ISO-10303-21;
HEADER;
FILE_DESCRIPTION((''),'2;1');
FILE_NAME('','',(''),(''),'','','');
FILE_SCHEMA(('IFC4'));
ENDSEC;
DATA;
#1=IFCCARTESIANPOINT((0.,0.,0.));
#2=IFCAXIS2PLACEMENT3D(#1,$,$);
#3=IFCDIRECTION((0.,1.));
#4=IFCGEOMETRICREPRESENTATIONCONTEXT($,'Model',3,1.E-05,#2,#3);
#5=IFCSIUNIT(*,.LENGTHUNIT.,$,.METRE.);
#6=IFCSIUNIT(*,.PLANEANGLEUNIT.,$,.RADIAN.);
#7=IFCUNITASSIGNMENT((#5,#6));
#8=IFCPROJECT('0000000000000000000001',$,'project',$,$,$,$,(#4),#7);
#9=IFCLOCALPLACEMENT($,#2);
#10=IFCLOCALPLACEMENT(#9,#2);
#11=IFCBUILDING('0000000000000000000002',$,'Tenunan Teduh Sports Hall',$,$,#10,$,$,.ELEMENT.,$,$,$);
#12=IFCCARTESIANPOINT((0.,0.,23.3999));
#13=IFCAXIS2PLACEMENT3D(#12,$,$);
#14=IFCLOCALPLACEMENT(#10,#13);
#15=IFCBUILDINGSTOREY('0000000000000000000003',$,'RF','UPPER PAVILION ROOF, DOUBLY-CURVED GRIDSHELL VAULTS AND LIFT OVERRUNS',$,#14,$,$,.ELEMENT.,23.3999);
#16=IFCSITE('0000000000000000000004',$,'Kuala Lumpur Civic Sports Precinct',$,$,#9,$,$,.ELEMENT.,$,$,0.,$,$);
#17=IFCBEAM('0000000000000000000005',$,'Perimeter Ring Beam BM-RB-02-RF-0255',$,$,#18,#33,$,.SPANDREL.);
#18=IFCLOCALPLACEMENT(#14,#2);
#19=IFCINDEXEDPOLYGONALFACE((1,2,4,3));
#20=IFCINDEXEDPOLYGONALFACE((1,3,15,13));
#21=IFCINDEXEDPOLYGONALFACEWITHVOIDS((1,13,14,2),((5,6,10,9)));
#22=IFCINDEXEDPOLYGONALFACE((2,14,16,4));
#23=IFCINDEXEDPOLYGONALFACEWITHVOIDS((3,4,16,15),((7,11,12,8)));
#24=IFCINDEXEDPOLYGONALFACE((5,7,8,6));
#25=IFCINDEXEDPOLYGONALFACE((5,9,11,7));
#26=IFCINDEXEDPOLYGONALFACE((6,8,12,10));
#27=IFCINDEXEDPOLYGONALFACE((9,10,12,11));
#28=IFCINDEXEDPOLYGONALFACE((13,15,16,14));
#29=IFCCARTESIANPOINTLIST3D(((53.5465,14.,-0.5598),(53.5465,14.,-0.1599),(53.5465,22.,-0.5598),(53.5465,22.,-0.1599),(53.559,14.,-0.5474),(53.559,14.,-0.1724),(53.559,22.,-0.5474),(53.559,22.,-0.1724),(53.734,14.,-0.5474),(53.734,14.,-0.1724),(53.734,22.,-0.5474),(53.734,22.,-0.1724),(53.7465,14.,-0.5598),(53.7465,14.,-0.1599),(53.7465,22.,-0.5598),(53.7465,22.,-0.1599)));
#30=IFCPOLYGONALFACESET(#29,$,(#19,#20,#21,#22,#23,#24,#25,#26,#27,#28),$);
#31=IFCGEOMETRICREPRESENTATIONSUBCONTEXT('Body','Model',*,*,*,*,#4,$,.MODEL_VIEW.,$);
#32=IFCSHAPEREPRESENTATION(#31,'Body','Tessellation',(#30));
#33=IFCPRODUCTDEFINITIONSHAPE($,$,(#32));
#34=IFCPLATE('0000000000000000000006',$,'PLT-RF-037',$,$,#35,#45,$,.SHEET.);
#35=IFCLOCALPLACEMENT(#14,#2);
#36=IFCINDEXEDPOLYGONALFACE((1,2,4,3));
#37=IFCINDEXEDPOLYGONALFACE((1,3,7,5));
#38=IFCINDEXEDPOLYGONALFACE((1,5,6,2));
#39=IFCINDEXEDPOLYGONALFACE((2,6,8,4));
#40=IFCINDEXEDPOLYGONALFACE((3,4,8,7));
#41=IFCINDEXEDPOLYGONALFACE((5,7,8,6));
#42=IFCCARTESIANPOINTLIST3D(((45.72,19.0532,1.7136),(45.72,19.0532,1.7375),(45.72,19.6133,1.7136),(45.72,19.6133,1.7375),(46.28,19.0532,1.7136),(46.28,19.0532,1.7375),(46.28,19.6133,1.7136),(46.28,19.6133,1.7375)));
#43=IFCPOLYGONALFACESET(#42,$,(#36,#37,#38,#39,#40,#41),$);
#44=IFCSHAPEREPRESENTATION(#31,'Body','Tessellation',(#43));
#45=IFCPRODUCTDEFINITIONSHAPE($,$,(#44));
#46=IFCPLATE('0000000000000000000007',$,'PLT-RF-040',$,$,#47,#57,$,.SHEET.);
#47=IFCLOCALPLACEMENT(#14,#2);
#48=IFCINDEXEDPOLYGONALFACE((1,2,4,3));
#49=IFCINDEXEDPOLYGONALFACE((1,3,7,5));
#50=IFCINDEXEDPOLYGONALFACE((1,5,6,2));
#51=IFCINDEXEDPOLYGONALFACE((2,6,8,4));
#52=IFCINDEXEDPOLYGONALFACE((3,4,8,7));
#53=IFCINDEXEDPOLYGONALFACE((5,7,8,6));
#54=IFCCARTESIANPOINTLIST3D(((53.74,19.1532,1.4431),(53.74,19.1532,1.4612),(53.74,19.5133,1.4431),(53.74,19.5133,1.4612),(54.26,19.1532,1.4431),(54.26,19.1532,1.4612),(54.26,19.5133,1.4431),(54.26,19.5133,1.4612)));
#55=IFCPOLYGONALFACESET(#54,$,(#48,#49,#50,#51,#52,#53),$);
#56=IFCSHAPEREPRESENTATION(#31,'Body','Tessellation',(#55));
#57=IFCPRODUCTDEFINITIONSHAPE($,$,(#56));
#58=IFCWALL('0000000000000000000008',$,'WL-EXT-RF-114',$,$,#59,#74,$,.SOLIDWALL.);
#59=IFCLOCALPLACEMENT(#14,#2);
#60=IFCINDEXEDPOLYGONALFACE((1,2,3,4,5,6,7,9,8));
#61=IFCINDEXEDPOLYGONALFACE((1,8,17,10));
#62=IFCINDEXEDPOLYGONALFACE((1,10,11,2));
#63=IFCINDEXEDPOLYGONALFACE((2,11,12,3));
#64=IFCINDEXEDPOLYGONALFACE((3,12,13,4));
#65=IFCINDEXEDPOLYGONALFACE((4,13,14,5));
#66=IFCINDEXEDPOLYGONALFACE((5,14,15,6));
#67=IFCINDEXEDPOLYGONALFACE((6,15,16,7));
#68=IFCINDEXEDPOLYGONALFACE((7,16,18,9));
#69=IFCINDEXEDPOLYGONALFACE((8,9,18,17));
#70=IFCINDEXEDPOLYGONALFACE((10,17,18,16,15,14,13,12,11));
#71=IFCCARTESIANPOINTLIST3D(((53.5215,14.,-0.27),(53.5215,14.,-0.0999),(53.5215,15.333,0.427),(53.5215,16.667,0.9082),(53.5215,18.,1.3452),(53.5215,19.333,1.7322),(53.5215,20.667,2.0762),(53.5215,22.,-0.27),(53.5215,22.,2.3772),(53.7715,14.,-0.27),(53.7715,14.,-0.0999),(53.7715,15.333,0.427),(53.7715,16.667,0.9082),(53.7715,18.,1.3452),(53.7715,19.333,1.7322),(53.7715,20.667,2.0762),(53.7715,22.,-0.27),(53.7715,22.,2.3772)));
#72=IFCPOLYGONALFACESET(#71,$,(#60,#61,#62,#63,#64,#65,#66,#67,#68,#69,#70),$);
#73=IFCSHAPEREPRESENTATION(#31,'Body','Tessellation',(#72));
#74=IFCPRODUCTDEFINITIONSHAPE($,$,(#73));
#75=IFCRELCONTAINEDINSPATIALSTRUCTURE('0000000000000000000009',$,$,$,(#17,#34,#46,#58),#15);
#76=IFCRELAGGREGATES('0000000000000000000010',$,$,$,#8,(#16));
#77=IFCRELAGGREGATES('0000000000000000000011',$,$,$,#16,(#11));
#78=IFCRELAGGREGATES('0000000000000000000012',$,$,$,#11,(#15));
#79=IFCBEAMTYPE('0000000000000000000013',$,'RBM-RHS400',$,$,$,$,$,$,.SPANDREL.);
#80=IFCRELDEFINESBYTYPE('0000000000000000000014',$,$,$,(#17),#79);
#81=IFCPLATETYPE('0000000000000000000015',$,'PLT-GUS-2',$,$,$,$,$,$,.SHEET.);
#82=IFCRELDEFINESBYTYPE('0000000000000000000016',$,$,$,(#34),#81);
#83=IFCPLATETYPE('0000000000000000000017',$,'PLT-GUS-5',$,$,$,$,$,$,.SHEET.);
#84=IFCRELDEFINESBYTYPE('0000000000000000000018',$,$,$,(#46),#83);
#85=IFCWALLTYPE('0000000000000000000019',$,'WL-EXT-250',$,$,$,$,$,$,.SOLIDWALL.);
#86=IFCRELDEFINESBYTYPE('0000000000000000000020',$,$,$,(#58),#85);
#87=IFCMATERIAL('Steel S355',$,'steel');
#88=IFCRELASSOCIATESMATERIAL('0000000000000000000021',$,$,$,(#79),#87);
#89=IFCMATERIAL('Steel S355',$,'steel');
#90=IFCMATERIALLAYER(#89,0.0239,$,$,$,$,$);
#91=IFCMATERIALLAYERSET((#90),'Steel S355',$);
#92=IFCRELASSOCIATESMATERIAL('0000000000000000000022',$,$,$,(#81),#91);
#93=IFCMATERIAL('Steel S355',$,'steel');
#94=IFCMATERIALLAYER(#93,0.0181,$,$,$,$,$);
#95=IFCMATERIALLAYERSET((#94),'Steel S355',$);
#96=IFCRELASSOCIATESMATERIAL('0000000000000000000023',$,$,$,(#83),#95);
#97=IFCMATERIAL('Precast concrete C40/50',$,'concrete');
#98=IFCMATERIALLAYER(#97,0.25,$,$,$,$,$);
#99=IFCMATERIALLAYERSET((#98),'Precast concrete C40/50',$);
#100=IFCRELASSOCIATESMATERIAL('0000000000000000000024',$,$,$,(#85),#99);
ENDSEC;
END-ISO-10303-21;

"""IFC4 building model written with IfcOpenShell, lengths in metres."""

from ifc_helpers import new_model, si_unit, direction, frame, origin, origin_2d, place, context, subcontext, project, spatial, polyline, rectangle, hollow_rectangle, outline, extrude, material, layer, layer_set, material_profile, profile_set, type_object, element, save


model = new_model("IFC4")

# Units and contexts
model_context = context("Model", 3, precision=1e-05, world=origin(), true_north=direction((0.0, 1.0)))
body_context = subcontext(model_context, "Body", "Model", "MODEL_VIEW")
ifc_project = project(units=[si_unit("LENGTHUNIT", "METRE"), si_unit("PLANEANGLEUNIT", "RADIAN")], contexts=[model_context])

# Site, building, storey
site_placement = place(None, origin())
site = spatial("IfcSite", under=ifc_project, at=site_placement, Name="Kuala Lumpur Civic Sports Precinct", CompositionType="ELEMENT", RefElevation=0.0)
building_placement = place(site_placement, origin())
building = spatial("IfcBuilding", under=site, at=building_placement, Name="Tenunan Teduh Sports Hall", CompositionType="ELEMENT")
storey_placement = place(building_placement, frame((0.0, 0.0, 23.3999)))
storey = spatial("IfcBuildingStorey", under=building, at=storey_placement, Name="RF", Description="UPPER PAVILION ROOF, DOUBLY-CURVED GRIDSHELL VAULTS AND LIFT OVERRUNS", CompositionType="ELEMENT", Elevation=23.3999)

# Beam
ifc_material_1 = material(Name="Steel S355", Category="steel")
ifc_material_profile_1 = material_profile(ifc_material_1, hollow_rectangle(XDim=0.2, YDim=0.3999, WallThickness=0.0125, at=origin_2d()), Name="RHS 400x200x12.5")
ifc_profile_set_1 = profile_set([ifc_material_profile_1], Name="Steel S355")
beam_type_1 = type_object("IfcBeamType", Name="RBM-RHS400", PredefinedType="SPANDREL", material=ifc_profile_set_1)
beam_1_placement = place(storey_placement, frame((53.6465, 14.0, -0.3599), z_axis=(0.0, 1.0, 0.0), x_axis=(-1.0, 0.0, 0.0)))
element("IfcBeam", 1, at=beam_1_placement, inside=storey, type_object=beam_type_1, Name="Perimeter Ring Beam BM-RB-02-RF-0255", PredefinedType="SPANDREL", context=body_context, shape_type="SweptSolid", body=[
    extrude(hollow_rectangle(XDim=0.2, YDim=0.3999, WallThickness=0.0125, at=origin_2d()), origin(), (0.0, 0.0, 1.0), 8.0),
])

# Plates
ifc_material_2 = material(Name="Steel S355", Category="steel")
ifc_layer_1 = layer(ifc_material_2, 0.0239)
ifc_layer_set_1 = layer_set([ifc_layer_1], Name="Steel S355")
plate_type_1 = type_object("IfcPlateType", Name="PLT-GUS-2", PredefinedType="SHEET", material=ifc_layer_set_1)
plate_1_placement = place(storey_placement, frame((46.0, 19.3333, 1.7136), z_axis=(0.0, 0.0, 1.0), x_axis=(1.0, 0.0, 0.0)))
element("IfcPlate", 2, at=plate_1_placement, inside=storey, type_object=plate_type_1, Name="PLT-RF-037", PredefinedType="SHEET", context=body_context, shape_type="SweptSolid", body=[
    extrude(rectangle(XDim=0.5601, YDim=0.5601, at=origin_2d()), origin(), (0.0, 0.0, 1.0), 0.0239),
])
ifc_material_3 = material(Name="Steel S355", Category="steel")
ifc_layer_2 = layer(ifc_material_3, 0.0181)
ifc_layer_set_2 = layer_set([ifc_layer_2], Name="Steel S355")
plate_type_2 = type_object("IfcPlateType", Name="PLT-GUS-5", PredefinedType="SHEET", material=ifc_layer_set_2)
plate_2_placement = place(storey_placement, frame((54.0, 19.3333, 1.4431), z_axis=(0.0, 0.0, 1.0), x_axis=(1.0, 0.0, 0.0)))
element("IfcPlate", 3, at=plate_2_placement, inside=storey, type_object=plate_type_2, Name="PLT-RF-040", PredefinedType="SHEET", context=body_context, shape_type="SweptSolid", body=[
    extrude(rectangle(XDim=0.52, YDim=0.3601, at=origin_2d()), origin(), (0.0, 0.0, 1.0), 0.0181),
])

# Wall
ifc_material_4 = material(Name="Precast concrete C40/50", Category="concrete")
ifc_layer_3 = layer(ifc_material_4, 0.25)
ifc_layer_set_3 = layer_set([ifc_layer_3], Name="Precast concrete C40/50")
wall_type = type_object("IfcWallType", Name="WL-EXT-250", PredefinedType="SOLIDWALL", material=ifc_layer_set_3)
wall_placement = place(storey_placement, frame((53.6465, 14.0, -0.27), z_axis=(0.0, 0.0, 1.0), x_axis=(0.0, 1.0, 0.0)))
element("IfcWall", 4, at=wall_placement, inside=storey, type_object=wall_type, Name="WL-EXT-RF-114", PredefinedType="SOLIDWALL", context=body_context, shape_type="SweptSolid", body=[
    extrude(outline(polyline([(0.0, 0.0), (8.0, 0.0), (8.0, 2.6472), (6.667, 2.3462), (5.333, 2.0022), (4.0, 1.6152), (2.667, 1.1782), (1.333, 0.697), (0.0, 0.1702), (0.0, 0.0)])), frame((0.0, 0.125, 0.0), z_axis=(0.0, -1.0, 0.0), x_axis=(1.0, 0.0, 0.0)), (0.0, 0.0, 1.0), 0.25),
])

save(model, "model.ifc")
